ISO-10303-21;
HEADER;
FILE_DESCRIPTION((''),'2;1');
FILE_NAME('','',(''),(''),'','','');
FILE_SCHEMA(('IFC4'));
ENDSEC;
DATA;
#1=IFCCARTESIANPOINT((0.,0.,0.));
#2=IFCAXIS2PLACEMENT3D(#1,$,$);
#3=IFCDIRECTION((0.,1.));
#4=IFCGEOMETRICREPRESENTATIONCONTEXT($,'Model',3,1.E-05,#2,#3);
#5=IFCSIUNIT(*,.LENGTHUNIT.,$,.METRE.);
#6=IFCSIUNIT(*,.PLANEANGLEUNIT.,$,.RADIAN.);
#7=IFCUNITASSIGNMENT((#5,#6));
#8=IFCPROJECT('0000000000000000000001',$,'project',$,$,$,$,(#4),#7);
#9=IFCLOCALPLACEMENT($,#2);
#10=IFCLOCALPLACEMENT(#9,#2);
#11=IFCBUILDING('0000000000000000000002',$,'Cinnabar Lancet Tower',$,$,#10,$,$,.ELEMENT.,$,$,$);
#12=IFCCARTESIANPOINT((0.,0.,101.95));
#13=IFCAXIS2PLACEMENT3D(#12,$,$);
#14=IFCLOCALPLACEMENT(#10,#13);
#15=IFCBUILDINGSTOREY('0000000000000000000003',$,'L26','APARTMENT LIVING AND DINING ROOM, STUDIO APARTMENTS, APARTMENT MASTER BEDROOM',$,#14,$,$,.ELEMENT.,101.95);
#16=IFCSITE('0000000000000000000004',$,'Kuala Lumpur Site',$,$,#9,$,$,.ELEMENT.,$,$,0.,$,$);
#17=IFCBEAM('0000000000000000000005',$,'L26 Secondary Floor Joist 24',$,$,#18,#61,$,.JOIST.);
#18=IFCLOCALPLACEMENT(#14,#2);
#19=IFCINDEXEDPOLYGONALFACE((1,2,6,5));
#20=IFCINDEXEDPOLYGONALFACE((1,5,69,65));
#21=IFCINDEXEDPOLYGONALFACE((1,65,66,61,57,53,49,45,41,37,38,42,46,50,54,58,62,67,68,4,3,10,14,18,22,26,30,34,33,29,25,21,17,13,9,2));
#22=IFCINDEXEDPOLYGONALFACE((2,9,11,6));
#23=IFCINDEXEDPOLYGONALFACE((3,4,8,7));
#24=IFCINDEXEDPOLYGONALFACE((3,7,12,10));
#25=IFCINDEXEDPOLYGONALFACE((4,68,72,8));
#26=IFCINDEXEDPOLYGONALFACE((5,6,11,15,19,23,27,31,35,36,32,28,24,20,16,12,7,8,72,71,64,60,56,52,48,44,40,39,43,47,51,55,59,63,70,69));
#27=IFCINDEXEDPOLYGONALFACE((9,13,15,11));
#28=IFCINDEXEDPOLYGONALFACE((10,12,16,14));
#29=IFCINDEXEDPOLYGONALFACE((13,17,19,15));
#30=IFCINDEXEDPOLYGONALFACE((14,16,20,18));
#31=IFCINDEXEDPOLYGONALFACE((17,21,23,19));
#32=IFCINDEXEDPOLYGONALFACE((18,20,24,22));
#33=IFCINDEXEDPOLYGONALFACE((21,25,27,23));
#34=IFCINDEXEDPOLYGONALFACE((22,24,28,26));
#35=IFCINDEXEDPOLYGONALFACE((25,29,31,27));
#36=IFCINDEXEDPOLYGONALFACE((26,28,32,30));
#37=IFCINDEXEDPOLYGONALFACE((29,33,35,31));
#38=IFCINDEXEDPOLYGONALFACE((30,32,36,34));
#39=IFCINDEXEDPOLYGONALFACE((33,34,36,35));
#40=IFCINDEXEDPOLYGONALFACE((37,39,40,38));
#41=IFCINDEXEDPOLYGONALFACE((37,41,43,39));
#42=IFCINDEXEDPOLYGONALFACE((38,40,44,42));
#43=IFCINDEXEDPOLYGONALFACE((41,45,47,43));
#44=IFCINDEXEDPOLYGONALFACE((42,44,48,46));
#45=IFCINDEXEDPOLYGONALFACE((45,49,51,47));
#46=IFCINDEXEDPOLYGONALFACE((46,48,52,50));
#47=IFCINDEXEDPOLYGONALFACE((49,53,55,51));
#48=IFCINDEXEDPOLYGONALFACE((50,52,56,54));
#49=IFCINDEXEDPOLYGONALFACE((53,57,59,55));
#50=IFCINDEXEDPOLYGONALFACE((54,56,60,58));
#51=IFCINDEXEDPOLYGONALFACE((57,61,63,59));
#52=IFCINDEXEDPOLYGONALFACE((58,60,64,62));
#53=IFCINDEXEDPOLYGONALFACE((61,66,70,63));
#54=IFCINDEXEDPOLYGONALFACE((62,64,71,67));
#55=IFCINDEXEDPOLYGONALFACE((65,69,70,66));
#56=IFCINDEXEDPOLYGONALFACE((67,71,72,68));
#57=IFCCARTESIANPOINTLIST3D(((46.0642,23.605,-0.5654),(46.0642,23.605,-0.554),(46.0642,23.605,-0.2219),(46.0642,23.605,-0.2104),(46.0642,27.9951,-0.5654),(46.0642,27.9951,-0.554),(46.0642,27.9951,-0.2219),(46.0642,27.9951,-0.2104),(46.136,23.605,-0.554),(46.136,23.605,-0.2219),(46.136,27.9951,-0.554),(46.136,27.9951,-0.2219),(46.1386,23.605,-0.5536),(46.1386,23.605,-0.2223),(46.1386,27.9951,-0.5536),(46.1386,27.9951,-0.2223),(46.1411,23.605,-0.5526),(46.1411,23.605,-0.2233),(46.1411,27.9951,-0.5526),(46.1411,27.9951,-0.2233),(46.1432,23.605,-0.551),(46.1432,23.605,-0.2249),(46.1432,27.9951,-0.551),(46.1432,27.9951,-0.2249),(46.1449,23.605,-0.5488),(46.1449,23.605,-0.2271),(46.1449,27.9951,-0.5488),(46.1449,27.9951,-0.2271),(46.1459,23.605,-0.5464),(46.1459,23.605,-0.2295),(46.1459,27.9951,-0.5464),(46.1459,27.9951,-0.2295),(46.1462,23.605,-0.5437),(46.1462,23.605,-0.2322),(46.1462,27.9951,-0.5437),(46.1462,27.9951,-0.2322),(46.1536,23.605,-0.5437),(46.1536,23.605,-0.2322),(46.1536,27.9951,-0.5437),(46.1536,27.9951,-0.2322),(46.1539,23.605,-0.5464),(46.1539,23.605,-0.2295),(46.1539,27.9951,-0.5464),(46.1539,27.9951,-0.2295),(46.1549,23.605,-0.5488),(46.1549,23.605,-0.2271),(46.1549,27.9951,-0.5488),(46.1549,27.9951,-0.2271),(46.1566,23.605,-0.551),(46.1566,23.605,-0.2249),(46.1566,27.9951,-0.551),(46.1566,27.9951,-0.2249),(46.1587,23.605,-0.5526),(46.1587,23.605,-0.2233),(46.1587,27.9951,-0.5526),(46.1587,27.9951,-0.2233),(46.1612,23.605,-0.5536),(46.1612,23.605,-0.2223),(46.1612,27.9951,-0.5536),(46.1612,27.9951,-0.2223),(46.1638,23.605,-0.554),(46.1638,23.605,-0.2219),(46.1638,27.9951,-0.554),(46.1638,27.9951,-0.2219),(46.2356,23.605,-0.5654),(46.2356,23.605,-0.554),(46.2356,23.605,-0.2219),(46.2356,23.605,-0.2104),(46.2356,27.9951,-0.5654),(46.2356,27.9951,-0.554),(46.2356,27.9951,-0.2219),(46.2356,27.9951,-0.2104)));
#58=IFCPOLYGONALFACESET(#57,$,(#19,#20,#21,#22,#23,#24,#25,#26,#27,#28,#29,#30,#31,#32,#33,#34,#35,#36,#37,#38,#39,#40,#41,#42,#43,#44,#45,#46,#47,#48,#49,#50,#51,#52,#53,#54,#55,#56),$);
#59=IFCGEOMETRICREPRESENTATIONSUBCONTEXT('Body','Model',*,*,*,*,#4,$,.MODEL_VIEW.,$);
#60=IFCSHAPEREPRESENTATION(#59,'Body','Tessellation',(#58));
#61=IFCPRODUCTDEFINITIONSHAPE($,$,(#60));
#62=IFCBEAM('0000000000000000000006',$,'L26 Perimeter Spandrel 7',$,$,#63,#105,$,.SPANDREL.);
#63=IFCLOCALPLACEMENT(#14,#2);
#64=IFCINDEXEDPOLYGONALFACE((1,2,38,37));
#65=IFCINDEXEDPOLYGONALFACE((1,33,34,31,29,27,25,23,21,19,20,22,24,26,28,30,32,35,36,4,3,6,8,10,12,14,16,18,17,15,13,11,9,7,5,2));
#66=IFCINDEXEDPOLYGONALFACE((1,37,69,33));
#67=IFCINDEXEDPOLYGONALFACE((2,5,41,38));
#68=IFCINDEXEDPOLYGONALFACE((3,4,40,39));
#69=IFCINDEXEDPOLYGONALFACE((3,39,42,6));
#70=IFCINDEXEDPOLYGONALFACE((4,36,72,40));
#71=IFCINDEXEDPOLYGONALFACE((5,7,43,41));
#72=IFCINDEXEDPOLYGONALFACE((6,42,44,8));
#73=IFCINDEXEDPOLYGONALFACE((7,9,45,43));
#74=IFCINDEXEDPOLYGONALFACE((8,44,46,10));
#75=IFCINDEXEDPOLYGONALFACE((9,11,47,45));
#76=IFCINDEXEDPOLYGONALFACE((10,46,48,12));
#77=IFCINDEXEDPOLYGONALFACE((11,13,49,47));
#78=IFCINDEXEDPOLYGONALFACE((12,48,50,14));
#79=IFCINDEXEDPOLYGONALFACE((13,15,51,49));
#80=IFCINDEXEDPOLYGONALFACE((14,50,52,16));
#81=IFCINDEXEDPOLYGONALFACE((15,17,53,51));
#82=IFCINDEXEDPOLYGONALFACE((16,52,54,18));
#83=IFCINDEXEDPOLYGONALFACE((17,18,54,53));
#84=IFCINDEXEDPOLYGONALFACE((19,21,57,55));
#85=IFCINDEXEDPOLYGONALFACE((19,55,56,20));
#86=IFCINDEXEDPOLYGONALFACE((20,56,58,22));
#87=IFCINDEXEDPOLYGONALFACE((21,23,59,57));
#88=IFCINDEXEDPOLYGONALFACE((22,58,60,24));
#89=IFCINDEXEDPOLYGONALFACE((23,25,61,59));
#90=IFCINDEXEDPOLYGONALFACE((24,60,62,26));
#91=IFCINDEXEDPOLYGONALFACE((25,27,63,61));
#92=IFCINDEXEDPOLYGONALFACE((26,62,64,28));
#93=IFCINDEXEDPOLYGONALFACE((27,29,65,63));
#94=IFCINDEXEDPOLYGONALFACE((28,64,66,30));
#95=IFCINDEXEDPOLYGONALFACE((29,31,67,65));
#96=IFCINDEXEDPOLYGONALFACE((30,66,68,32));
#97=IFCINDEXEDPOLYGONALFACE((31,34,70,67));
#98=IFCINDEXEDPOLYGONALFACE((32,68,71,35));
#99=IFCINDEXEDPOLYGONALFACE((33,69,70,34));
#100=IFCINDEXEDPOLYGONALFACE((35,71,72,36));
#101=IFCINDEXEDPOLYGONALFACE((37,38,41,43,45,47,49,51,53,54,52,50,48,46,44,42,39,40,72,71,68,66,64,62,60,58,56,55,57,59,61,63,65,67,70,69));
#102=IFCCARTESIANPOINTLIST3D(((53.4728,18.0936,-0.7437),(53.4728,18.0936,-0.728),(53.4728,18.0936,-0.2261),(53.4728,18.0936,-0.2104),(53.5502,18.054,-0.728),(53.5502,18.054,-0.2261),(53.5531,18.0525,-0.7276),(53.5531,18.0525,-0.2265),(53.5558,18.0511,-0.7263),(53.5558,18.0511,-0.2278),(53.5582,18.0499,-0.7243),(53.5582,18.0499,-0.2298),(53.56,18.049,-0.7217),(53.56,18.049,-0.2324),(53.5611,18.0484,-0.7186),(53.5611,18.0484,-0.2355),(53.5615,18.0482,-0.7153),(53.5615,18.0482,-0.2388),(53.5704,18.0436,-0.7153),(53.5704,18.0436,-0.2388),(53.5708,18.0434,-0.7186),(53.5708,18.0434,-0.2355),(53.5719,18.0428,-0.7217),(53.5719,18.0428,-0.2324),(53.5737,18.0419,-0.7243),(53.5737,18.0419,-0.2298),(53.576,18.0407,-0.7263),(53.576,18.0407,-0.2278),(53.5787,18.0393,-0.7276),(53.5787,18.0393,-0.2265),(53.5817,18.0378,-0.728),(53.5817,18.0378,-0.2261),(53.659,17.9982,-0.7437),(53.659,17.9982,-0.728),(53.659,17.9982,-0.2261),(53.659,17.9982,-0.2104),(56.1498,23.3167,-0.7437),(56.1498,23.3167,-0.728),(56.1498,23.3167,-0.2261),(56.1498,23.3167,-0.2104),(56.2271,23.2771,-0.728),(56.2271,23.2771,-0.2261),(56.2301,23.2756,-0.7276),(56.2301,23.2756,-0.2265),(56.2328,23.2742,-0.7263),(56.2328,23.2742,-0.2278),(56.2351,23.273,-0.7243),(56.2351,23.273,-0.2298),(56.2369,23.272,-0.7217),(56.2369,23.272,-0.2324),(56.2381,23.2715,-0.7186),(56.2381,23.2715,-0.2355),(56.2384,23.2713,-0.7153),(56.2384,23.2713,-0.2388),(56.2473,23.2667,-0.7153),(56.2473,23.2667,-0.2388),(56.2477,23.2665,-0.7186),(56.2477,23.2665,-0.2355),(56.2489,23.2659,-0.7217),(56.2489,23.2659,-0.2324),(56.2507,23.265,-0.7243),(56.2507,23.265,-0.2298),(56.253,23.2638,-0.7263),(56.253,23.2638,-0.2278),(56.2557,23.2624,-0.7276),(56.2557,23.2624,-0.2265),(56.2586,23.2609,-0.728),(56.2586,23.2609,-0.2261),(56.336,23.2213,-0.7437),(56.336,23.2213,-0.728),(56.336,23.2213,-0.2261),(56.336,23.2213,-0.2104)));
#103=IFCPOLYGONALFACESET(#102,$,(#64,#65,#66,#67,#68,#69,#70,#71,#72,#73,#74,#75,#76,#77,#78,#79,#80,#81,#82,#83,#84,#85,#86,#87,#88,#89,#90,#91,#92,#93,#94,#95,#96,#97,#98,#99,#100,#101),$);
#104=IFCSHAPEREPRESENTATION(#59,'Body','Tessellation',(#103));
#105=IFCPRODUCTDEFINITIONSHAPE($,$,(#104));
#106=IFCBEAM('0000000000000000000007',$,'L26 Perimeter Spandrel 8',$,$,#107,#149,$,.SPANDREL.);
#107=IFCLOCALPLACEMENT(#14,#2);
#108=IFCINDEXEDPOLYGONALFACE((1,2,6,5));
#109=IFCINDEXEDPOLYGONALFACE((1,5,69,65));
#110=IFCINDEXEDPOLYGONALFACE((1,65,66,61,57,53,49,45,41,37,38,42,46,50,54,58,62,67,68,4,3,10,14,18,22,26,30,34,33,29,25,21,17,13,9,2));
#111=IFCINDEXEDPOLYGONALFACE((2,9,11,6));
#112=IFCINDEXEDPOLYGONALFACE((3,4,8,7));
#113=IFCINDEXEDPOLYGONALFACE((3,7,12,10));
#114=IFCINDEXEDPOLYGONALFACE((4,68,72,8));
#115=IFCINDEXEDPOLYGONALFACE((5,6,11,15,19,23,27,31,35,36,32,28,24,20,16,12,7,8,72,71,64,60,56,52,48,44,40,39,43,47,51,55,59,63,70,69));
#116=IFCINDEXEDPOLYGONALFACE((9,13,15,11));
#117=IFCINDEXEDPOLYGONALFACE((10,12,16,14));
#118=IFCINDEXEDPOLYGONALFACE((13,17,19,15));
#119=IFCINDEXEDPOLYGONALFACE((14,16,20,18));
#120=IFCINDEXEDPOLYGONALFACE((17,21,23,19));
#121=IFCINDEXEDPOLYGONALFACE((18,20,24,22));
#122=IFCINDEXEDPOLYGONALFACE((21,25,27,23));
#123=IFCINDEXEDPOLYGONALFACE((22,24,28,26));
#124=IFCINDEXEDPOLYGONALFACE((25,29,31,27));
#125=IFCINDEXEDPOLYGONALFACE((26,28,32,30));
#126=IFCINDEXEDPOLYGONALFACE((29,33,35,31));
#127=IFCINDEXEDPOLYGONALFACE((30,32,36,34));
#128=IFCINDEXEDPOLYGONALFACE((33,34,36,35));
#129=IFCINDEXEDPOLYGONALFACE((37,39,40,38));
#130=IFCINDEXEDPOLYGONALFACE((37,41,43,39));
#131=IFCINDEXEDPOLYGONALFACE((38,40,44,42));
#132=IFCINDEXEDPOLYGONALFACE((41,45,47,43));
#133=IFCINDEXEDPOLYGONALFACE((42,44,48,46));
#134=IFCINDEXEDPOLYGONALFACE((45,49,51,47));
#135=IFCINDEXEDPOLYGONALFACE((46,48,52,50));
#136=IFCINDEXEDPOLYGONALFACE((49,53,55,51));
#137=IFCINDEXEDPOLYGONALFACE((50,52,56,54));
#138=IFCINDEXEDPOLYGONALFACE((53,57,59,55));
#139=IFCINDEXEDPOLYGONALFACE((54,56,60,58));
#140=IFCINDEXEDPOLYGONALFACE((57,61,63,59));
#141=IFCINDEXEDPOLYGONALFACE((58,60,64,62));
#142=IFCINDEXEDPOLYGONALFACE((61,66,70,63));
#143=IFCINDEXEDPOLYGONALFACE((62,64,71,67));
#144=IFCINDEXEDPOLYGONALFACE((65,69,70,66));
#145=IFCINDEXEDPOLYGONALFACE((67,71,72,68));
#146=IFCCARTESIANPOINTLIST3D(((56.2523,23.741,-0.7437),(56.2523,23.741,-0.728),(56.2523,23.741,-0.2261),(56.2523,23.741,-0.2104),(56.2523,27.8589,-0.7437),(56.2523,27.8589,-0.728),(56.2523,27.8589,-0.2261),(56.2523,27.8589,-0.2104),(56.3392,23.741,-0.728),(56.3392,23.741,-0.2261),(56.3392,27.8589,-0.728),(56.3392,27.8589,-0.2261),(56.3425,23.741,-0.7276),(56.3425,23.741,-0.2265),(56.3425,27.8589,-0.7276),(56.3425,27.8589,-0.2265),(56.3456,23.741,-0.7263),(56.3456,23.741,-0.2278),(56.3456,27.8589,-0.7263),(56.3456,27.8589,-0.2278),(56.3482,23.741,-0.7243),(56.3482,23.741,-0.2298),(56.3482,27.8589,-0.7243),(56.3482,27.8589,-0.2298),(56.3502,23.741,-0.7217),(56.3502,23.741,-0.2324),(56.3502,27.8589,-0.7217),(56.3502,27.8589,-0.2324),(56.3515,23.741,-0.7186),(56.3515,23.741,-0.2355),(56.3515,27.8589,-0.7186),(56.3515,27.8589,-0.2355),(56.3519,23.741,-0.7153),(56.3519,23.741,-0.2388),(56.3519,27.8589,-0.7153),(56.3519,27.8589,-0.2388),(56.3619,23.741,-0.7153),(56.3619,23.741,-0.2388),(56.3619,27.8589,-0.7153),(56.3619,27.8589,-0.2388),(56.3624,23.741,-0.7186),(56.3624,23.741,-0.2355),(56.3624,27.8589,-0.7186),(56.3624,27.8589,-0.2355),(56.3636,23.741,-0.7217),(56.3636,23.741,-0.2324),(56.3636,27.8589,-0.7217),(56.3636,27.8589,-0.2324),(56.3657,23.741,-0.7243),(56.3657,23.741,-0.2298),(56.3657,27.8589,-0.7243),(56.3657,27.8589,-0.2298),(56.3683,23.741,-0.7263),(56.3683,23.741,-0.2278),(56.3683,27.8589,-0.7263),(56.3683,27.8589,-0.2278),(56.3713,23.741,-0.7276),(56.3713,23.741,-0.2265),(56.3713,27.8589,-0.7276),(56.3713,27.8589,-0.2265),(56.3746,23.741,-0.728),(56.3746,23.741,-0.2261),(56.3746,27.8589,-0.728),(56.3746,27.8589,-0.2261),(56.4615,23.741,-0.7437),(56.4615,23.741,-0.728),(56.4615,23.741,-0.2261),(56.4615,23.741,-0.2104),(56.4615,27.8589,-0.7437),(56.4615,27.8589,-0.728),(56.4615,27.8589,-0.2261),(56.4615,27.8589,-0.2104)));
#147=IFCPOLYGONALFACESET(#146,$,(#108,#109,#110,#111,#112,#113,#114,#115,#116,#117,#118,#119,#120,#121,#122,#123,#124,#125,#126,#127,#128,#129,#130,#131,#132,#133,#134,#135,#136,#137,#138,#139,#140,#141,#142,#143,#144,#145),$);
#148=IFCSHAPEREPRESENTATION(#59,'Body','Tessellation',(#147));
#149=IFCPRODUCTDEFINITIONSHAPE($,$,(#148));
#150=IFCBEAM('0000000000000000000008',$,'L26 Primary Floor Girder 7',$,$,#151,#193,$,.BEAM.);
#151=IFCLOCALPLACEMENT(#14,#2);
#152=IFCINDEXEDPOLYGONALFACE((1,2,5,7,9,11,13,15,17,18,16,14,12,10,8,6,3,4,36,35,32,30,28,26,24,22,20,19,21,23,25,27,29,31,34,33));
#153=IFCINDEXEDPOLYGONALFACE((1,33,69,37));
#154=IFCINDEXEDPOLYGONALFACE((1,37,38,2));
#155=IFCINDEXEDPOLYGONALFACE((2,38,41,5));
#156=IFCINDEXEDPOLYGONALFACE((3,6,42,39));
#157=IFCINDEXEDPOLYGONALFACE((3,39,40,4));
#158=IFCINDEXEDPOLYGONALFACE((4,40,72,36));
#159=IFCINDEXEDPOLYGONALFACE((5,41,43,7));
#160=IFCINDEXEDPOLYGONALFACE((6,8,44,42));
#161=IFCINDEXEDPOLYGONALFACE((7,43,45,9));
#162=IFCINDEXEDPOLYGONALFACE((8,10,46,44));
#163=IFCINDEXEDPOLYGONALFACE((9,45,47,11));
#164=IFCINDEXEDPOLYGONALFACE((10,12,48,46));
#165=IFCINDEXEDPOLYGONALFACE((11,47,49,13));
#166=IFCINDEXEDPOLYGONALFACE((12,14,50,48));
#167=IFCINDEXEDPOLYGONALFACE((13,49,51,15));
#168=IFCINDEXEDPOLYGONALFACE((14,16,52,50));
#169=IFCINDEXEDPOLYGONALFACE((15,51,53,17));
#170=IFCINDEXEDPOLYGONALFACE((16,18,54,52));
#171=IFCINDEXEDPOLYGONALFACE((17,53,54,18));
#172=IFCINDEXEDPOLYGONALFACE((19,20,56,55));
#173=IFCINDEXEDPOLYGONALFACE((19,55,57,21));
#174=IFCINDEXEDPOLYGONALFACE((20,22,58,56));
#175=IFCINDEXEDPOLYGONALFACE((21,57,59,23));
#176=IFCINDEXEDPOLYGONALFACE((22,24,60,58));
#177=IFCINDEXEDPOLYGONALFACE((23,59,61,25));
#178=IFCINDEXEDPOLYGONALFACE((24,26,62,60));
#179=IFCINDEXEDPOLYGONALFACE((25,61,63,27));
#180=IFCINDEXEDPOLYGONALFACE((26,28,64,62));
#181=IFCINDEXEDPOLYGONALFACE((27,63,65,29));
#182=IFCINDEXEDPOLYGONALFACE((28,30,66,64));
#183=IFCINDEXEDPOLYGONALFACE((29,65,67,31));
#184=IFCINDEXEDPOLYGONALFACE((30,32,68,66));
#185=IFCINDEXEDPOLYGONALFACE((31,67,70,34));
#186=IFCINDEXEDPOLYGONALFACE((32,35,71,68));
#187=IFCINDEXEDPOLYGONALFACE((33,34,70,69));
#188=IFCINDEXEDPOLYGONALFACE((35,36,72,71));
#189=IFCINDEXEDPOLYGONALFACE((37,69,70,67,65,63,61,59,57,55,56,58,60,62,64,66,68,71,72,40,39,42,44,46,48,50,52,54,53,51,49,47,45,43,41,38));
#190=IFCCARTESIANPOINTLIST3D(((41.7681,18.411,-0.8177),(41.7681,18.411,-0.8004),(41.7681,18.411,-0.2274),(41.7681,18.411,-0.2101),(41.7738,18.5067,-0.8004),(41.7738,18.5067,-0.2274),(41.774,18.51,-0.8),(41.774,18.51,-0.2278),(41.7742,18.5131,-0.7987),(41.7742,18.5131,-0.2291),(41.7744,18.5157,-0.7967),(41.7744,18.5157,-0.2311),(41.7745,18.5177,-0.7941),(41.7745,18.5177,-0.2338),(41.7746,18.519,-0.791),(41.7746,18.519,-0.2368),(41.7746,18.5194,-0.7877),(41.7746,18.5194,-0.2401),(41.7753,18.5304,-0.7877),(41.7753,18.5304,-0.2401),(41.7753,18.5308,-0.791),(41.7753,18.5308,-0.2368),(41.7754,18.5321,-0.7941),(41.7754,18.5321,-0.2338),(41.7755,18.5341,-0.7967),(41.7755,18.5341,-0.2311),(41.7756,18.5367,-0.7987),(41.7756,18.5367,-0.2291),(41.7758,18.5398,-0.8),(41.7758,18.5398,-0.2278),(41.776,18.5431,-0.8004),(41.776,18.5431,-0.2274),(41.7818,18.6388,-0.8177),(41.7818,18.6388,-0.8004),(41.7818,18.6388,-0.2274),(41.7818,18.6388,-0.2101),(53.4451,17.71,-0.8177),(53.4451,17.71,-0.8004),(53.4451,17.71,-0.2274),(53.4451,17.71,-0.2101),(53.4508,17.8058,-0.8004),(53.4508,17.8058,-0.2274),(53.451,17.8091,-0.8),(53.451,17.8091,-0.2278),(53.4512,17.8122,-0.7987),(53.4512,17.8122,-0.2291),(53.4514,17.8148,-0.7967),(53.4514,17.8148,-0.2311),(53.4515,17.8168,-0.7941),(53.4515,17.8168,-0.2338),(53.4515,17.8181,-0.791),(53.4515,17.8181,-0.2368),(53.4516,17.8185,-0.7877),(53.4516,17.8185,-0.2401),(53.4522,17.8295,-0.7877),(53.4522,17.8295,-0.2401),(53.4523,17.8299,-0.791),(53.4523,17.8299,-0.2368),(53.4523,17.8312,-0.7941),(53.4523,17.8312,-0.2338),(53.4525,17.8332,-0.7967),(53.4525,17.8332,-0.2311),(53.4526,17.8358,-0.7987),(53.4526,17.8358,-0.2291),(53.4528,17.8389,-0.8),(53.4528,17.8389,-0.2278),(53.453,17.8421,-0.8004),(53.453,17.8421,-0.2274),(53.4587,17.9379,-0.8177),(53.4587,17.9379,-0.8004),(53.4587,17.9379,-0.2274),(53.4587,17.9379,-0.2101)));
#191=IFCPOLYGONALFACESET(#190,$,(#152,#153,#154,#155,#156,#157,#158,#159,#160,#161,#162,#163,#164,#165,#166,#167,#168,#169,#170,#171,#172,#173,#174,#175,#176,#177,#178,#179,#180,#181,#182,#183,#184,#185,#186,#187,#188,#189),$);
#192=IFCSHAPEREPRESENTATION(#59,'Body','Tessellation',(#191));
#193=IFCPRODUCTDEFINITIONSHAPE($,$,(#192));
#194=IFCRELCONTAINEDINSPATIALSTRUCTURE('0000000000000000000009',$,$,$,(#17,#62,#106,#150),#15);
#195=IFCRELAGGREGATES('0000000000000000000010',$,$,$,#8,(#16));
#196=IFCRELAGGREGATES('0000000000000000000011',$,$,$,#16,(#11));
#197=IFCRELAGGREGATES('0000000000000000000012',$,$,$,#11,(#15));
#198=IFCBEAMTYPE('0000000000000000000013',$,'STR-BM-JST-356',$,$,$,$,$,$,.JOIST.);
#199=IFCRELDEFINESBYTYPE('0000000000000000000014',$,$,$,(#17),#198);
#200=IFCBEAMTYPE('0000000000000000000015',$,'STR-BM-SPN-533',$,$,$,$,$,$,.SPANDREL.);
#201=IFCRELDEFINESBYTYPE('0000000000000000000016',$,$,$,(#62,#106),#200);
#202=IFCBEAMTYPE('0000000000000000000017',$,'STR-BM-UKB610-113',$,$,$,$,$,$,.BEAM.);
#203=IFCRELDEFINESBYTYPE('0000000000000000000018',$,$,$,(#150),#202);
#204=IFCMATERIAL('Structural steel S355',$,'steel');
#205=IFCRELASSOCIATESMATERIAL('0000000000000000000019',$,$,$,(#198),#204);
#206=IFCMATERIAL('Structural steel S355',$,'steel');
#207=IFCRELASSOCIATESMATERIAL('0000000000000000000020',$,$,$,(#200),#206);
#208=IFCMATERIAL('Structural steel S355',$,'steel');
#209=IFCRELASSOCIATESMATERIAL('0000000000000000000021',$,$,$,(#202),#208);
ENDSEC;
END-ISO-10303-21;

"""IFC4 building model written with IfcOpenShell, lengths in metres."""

from ifc_helpers import new_model, si_unit, direction, frame, origin, origin_2d, place, context, subcontext, project, spatial, i_section, extrude, material, material_profile, profile_set, type_object, element, save


model = new_model("IFC4")

# Units and contexts
model_context = context("Model", 3, precision=1e-05, world=origin(), true_north=direction((0.0, 1.0)))
body_context = subcontext(model_context, "Body", "Model", "MODEL_VIEW")
ifc_project = project(units=[si_unit("LENGTHUNIT", "METRE"), si_unit("PLANEANGLEUNIT", "RADIAN")], contexts=[model_context])

# Site, building, storey
site_placement = place(None, origin())
site = spatial("IfcSite", under=ifc_project, at=site_placement, Name="Kuala Lumpur Site", CompositionType="ELEMENT", RefElevation=0.0)
building_placement = place(site_placement, origin())
building = spatial("IfcBuilding", under=site, at=building_placement, Name="Cinnabar Lancet Tower", CompositionType="ELEMENT")
storey_placement = place(building_placement, frame((0.0, 0.0, 101.95)))
storey = spatial("IfcBuildingStorey", under=building, at=storey_placement, Name="L26", Description="APARTMENT LIVING AND DINING ROOM, STUDIO APARTMENTS, APARTMENT MASTER BEDROOM", CompositionType="ELEMENT", Elevation=101.95)

# Beams
ifc_material_1 = material(Name="Structural steel S355", Category="steel")
ifc_material_profile_1 = material_profile(ifc_material_1, i_section(OverallWidth=0.1714, OverallDepth=0.355, WebThickness=0.0073, FlangeThickness=0.0115, FilletRadius=0.0103, at=origin_2d()), Name="UKB 356x171x51")
ifc_profile_set_1 = profile_set([ifc_material_profile_1], Name="Structural steel S355")
beam_type_1 = type_object("IfcBeamType", Name="STR-BM-JST-356", PredefinedType="JOIST", material=ifc_profile_set_1)
for number, where, z_axis, x_axis, name in (
    (1, (46.1499, 23.605, -0.3879), (0.0, 1.0, 0.0), (-1.0, 0.0, 0.0), "L26 Secondary Floor Joist 24"),
):
    element("IfcBeam", number, at=place(storey_placement, frame(where, z_axis=z_axis, x_axis=x_axis)), inside=storey, type_object=beam_type_1, Name=name, PredefinedType="JOIST", context=body_context, shape_type="SweptSolid", body=[
        extrude(i_section(OverallWidth=0.1714, OverallDepth=0.355, WebThickness=0.0073, FlangeThickness=0.0115, FilletRadius=0.0103, at=origin_2d()), origin(), (0.0, 0.0, 1.0), 4.3901),
    ])
ifc_material_2 = material(Name="Structural steel S355", Category="steel")
ifc_material_profile_2 = material_profile(ifc_material_2, i_section(OverallWidth=0.2092, OverallDepth=0.5332, WebThickness=0.01, FlangeThickness=0.0156, FilletRadius=0.0127, at=origin_2d()), Name="UKB 533x210x92")
ifc_profile_set_2 = profile_set([ifc_material_profile_2], Name="Structural steel S355")
beam_type_2 = type_object("IfcBeamType", Name="STR-BM-SPN-533", PredefinedType="SPANDREL", material=ifc_profile_set_2)
beam_1_placement = place(storey_placement, frame((53.5659, 18.0459, -0.4771), z_axis=(0.45611, 0.889924, 0.0), x_axis=(-0.889924, 0.45611, 0.0)))
element("IfcBeam", 2, at=beam_1_placement, inside=storey, type_object=beam_type_2, Name="L26 Perimeter Spandrel 7", PredefinedType="SPANDREL", context=body_context, shape_type="SweptSolid", body=[
    extrude(i_section(OverallWidth=0.2092, OverallDepth=0.5332, WebThickness=0.01, FlangeThickness=0.0156, FilletRadius=0.0127, at=origin_2d()), origin(), (0.0, 0.0, 1.0), 5.8691),
])
beam_2_placement = place(storey_placement, frame((56.3569, 23.741, -0.4771), z_axis=(0.0, 1.0, 0.0), x_axis=(-1.0, 0.0, 0.0)))
element("IfcBeam", 3, at=beam_2_placement, inside=storey, type_object=beam_type_2, Name="L26 Perimeter Spandrel 8", PredefinedType="SPANDREL", context=body_context, shape_type="SweptSolid", body=[
    extrude(i_section(OverallWidth=0.2092, OverallDepth=0.5332, WebThickness=0.01, FlangeThickness=0.0156, FilletRadius=0.0127, at=origin_2d()), origin(), (0.0, 0.0, 1.0), 4.1179),
])
ifc_material_3 = material(Name="Structural steel S355", Category="steel")
ifc_material_profile_3 = material_profile(ifc_material_3, i_section(OverallWidth=0.2283, OverallDepth=0.6077, WebThickness=0.011, FlangeThickness=0.0173, FilletRadius=0.0127, at=origin_2d()), Name="UKB 610x229x113")
ifc_profile_set_3 = profile_set([ifc_material_profile_3], Name="Structural steel S355")
beam_type_3 = type_object("IfcBeamType", Name="STR-BM-UKB610-113", PredefinedType="BEAM", material=ifc_profile_set_3)
beam_3_placement = place(storey_placement, frame((53.4519, 17.824, -0.5139), z_axis=(-0.998203, 0.059918, 0.0), x_axis=(-0.059918, -0.998203, 0.0)))
element("IfcBeam", 4, at=beam_3_placement, inside=storey, type_object=beam_type_3, Name="L26 Primary Floor Girder 7", PredefinedType="BEAM", context=body_context, shape_type="SweptSolid", body=[
    extrude(i_section(OverallWidth=0.2283, OverallDepth=0.6077, WebThickness=0.011, FlangeThickness=0.0173, FilletRadius=0.0127, at=origin_2d()), origin(), (0.0, 0.0, 1.0), 11.698),
])

save(model, "model.ifc")
